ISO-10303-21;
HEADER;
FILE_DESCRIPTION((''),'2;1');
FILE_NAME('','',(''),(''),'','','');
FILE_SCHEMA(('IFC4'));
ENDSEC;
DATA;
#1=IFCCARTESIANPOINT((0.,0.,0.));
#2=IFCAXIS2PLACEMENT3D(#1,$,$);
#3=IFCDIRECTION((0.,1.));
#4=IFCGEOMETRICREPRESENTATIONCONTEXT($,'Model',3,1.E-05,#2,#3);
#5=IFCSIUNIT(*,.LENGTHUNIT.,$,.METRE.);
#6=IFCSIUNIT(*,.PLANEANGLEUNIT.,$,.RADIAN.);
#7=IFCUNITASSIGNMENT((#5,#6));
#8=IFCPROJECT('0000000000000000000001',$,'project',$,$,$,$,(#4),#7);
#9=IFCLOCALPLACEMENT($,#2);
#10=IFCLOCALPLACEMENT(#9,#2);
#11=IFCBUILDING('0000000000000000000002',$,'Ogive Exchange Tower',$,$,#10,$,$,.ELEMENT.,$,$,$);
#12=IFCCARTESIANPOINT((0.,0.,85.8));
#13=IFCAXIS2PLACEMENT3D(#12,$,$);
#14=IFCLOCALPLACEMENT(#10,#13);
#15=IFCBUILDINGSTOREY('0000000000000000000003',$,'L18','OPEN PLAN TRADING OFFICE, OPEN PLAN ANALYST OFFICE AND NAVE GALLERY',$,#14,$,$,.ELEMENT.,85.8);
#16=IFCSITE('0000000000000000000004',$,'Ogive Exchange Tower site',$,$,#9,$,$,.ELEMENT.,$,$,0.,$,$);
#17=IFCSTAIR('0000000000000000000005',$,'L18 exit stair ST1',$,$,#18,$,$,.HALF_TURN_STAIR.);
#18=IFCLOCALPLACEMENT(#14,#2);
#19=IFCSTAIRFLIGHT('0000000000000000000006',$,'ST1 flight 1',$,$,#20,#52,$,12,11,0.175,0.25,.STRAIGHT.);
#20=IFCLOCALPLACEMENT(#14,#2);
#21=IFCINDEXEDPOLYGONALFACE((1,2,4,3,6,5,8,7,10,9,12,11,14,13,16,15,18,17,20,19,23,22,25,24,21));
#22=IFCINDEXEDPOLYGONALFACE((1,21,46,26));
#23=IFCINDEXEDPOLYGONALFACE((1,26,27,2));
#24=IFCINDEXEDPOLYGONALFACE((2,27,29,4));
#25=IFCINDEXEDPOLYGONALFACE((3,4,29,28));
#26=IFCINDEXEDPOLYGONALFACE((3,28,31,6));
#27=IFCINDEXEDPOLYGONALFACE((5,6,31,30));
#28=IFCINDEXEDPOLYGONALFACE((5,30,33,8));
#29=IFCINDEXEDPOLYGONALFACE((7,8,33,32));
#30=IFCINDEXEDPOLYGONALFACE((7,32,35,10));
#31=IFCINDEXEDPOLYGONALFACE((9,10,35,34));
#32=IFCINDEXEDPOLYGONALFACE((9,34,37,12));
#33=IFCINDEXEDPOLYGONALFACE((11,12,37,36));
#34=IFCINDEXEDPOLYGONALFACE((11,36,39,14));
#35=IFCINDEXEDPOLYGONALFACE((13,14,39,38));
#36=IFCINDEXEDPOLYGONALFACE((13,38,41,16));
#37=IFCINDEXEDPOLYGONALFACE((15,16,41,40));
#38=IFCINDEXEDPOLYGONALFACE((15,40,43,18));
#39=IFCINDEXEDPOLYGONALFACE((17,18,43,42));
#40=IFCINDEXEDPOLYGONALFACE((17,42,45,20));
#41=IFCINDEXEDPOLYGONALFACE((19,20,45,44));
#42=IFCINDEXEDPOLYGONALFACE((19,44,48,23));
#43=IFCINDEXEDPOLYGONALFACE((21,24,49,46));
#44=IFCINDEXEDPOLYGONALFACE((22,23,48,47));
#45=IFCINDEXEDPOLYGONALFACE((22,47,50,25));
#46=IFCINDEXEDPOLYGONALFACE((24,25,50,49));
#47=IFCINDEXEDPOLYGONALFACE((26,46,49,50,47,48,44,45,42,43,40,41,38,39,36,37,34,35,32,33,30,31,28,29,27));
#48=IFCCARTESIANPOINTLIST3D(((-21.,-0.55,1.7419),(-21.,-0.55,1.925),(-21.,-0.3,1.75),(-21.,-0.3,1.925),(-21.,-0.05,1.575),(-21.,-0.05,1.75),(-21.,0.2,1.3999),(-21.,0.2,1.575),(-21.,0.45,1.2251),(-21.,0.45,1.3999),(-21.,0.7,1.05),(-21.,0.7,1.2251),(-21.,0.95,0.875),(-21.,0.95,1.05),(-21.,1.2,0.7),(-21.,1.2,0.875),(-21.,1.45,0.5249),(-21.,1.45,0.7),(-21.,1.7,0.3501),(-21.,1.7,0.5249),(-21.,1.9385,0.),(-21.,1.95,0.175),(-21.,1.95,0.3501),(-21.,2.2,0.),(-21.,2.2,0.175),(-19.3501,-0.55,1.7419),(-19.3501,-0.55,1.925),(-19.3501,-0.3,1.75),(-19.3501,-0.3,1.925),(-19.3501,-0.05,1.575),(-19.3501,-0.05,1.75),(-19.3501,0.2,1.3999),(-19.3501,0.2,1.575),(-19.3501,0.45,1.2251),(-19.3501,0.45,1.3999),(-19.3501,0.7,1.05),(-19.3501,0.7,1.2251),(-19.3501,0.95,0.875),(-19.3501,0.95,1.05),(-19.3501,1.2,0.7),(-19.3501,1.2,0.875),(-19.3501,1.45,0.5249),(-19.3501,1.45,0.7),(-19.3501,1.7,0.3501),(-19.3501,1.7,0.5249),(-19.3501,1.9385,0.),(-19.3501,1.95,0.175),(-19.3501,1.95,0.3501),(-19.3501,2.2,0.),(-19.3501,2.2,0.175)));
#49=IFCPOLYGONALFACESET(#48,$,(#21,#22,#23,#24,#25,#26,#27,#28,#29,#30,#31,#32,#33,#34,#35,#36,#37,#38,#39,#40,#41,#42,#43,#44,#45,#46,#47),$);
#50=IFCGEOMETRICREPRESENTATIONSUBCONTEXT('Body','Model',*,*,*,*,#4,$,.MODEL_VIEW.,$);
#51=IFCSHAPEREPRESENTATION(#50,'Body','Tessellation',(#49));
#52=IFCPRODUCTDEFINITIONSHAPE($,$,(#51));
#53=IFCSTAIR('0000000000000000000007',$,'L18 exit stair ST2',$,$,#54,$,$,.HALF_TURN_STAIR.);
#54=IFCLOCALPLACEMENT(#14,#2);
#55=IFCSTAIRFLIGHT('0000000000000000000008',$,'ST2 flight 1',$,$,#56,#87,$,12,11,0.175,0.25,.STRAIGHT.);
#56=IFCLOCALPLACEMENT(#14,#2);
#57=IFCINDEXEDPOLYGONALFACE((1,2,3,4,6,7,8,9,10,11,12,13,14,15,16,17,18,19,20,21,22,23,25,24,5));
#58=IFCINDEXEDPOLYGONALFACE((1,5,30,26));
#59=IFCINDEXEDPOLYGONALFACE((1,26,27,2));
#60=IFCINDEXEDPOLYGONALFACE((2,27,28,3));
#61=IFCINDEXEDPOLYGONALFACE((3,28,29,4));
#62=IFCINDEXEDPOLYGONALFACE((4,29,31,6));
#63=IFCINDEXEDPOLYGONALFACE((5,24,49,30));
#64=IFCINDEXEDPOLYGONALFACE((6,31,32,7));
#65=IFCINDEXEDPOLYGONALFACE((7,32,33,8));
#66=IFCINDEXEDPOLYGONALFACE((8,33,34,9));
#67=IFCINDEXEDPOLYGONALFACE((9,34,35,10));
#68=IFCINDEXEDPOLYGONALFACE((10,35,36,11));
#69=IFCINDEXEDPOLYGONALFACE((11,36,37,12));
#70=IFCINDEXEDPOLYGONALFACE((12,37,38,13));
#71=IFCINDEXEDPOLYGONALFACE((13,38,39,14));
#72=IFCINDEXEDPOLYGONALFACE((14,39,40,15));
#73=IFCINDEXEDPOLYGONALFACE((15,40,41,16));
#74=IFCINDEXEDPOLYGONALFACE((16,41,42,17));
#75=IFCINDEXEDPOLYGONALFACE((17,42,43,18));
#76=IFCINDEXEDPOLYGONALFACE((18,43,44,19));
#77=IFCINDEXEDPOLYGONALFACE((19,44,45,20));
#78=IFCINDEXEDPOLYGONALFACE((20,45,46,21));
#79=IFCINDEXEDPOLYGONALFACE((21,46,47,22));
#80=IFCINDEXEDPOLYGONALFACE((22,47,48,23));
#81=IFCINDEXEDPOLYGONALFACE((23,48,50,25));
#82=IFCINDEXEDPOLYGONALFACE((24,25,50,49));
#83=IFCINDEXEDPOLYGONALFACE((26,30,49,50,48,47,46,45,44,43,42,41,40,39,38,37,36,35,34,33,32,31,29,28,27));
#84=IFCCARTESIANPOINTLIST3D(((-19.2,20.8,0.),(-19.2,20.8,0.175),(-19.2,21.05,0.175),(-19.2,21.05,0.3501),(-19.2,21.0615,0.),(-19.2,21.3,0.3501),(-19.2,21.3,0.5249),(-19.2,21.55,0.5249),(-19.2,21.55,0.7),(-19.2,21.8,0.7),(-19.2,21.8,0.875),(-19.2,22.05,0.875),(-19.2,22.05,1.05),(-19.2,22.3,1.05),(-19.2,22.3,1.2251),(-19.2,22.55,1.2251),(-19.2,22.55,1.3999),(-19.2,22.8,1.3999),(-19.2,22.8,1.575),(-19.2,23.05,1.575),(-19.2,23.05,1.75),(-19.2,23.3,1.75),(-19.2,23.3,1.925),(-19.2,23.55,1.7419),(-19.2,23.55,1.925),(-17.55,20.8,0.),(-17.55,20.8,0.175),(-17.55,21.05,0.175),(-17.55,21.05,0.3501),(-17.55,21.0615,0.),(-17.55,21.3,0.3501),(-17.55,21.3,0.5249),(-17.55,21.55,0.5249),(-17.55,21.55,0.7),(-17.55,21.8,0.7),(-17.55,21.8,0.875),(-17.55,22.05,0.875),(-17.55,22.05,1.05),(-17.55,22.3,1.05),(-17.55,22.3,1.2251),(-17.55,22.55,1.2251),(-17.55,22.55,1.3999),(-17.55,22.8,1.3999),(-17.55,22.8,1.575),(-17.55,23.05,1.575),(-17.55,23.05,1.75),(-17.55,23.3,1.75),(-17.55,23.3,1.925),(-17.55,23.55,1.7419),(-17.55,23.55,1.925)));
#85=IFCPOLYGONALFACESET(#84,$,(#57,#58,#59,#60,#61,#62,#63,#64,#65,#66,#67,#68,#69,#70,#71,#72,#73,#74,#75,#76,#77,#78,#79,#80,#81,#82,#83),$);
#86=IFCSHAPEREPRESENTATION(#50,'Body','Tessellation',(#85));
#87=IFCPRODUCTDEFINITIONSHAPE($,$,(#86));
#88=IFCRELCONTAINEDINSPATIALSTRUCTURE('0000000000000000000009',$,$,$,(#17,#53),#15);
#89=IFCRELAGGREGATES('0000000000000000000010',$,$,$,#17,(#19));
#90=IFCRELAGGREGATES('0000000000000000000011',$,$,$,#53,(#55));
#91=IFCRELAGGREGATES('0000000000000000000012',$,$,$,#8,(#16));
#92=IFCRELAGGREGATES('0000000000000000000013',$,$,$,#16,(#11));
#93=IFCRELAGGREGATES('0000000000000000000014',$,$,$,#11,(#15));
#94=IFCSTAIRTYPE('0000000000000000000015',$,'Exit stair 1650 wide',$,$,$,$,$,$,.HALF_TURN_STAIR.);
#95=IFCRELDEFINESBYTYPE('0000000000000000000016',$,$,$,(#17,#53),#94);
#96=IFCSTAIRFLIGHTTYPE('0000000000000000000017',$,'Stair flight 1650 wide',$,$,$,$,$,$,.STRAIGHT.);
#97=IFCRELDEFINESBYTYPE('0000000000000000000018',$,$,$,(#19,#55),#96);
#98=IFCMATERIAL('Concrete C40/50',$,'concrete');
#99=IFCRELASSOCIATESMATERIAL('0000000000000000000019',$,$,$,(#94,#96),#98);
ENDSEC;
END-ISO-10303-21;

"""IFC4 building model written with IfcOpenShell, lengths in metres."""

from ifc_helpers import new_model, si_unit, direction, frame, origin, place, context, subcontext, project, spatial, polyline, outline, extrude, material, type_object, element, aggregate, save


model = new_model("IFC4")

# Units and contexts
model_context = context("Model", 3, precision=1e-05, world=origin(), true_north=direction((0.0, 1.0)))
body_context = subcontext(model_context, "Body", "Model", "MODEL_VIEW")
ifc_project = project(units=[si_unit("LENGTHUNIT", "METRE"), si_unit("PLANEANGLEUNIT", "RADIAN")], contexts=[model_context])

# Site, building, storey
site_placement = place(None, origin())
site = spatial("IfcSite", under=ifc_project, at=site_placement, Name="Ogive Exchange Tower site", CompositionType="ELEMENT", RefElevation=0.0)
building_placement = place(site_placement, origin())
building = spatial("IfcBuilding", under=site, at=building_placement, Name="Ogive Exchange Tower", CompositionType="ELEMENT")
storey_placement = place(building_placement, frame((0.0, 0.0, 85.8)))
storey = spatial("IfcBuildingStorey", under=building, at=storey_placement, Name="L18", Description="OPEN PLAN TRADING OFFICE, OPEN PLAN ANALYST OFFICE AND NAVE GALLERY", CompositionType="ELEMENT", Elevation=85.8)

# Stairs, stair flights
ifc_material_1 = material(Name="Concrete C40/50", Category="concrete")
stair_type = type_object("IfcStairType", Name="Exit stair 1650 wide", PredefinedType="HALF_TURN_STAIR", material=ifc_material_1)
stair_1_placement = place(storey_placement, origin())
stair_1 = element("IfcStair", 1, at=stair_1_placement, inside=storey, type_object=stair_type, Name="L18 exit stair ST1", PredefinedType="HALF_TURN_STAIR")
stair_flight_type = type_object("IfcStairFlightType", Name="Stair flight 1650 wide", PredefinedType="STRAIGHT", material=ifc_material_1)
stair_flight_1_placement = place(storey_placement, frame((-20.175, 2.2, 0.0), z_axis=(0.0, 0.0, 1.0), x_axis=(0.0, -1.0, 0.0)))
stair_flight_1 = element("IfcStairFlight", 2, at=stair_flight_1_placement, type_object=stair_flight_type, Name="ST1 flight 1", NumberOfRisers=12, NumberOfTreads=11, PredefinedType="STRAIGHT", RiserHeight=0.175, TreadLength=0.25, context=body_context, shape_type="SweptSolid", body=[
    extrude(outline(polyline([(0.0, 0.0), (0.0, 0.175), (0.25, 0.175), (0.25, 0.3501), (0.5, 0.3501), (0.5, 0.5249), (0.75, 0.5249), (0.75, 0.7), (1.0, 0.7), (1.0, 0.875), (1.25, 0.875), (1.25, 1.05), (1.5, 1.05), (1.5, 1.2251), (1.75, 1.2251), (1.75, 1.3999), (2.0, 1.3999), (2.0, 1.575), (2.25, 1.575), (2.25, 1.75), (2.5, 1.75), (2.5, 1.925), (2.75, 1.925), (2.75, 2.1001), (2.75, 1.7419), (0.2615, 0.0), (0.0, 0.0)])), frame((0.0, 0.825, 0.0), z_axis=(0.0, -1.0, 0.0), x_axis=(1.0, 0.0, 0.0)), (0.0, 0.0, 1.0), 1.6499),
])
aggregate(stair_1, [stair_flight_1])
stair_2_placement = place(storey_placement, origin())
stair_2 = element("IfcStair", 3, at=stair_2_placement, inside=storey, type_object=stair_type, Name="L18 exit stair ST2", PredefinedType="HALF_TURN_STAIR")
stair_flight_2_placement = place(storey_placement, frame((-18.375, 20.8, 0.0), z_axis=(0.0, 0.0, 1.0), x_axis=(0.0, 1.0, 0.0)))
stair_flight_2 = element("IfcStairFlight", 4, at=stair_flight_2_placement, type_object=stair_flight_type, Name="ST2 flight 1", NumberOfRisers=12, NumberOfTreads=11, PredefinedType="STRAIGHT", RiserHeight=0.175, TreadLength=0.25, context=body_context, shape_type="SweptSolid", body=[
    extrude(outline(polyline([(0.0, 0.0), (0.0, 0.175), (0.25, 0.175), (0.25, 0.3501), (0.5, 0.3501), (0.5, 0.5249), (0.75, 0.5249), (0.75, 0.7), (1.0, 0.7), (1.0, 0.875), (1.25, 0.875), (1.25, 1.05), (1.5, 1.05), (1.5, 1.2251), (1.75, 1.2251), (1.75, 1.3999), (2.0, 1.3999), (2.0, 1.575), (2.25, 1.575), (2.25, 1.75), (2.5, 1.75), (2.5, 1.925), (2.75, 1.925), (2.75, 2.1001), (2.75, 1.7419), (0.2615, 0.0), (0.0, 0.0)])), frame((0.0, 0.825, 0.0), z_axis=(0.0, -1.0, 0.0), x_axis=(1.0, 0.0, 0.0)), (0.0, 0.0, 1.0), 1.6499),
])
aggregate(stair_2, [stair_flight_2])

save(model, "model.ifc")
